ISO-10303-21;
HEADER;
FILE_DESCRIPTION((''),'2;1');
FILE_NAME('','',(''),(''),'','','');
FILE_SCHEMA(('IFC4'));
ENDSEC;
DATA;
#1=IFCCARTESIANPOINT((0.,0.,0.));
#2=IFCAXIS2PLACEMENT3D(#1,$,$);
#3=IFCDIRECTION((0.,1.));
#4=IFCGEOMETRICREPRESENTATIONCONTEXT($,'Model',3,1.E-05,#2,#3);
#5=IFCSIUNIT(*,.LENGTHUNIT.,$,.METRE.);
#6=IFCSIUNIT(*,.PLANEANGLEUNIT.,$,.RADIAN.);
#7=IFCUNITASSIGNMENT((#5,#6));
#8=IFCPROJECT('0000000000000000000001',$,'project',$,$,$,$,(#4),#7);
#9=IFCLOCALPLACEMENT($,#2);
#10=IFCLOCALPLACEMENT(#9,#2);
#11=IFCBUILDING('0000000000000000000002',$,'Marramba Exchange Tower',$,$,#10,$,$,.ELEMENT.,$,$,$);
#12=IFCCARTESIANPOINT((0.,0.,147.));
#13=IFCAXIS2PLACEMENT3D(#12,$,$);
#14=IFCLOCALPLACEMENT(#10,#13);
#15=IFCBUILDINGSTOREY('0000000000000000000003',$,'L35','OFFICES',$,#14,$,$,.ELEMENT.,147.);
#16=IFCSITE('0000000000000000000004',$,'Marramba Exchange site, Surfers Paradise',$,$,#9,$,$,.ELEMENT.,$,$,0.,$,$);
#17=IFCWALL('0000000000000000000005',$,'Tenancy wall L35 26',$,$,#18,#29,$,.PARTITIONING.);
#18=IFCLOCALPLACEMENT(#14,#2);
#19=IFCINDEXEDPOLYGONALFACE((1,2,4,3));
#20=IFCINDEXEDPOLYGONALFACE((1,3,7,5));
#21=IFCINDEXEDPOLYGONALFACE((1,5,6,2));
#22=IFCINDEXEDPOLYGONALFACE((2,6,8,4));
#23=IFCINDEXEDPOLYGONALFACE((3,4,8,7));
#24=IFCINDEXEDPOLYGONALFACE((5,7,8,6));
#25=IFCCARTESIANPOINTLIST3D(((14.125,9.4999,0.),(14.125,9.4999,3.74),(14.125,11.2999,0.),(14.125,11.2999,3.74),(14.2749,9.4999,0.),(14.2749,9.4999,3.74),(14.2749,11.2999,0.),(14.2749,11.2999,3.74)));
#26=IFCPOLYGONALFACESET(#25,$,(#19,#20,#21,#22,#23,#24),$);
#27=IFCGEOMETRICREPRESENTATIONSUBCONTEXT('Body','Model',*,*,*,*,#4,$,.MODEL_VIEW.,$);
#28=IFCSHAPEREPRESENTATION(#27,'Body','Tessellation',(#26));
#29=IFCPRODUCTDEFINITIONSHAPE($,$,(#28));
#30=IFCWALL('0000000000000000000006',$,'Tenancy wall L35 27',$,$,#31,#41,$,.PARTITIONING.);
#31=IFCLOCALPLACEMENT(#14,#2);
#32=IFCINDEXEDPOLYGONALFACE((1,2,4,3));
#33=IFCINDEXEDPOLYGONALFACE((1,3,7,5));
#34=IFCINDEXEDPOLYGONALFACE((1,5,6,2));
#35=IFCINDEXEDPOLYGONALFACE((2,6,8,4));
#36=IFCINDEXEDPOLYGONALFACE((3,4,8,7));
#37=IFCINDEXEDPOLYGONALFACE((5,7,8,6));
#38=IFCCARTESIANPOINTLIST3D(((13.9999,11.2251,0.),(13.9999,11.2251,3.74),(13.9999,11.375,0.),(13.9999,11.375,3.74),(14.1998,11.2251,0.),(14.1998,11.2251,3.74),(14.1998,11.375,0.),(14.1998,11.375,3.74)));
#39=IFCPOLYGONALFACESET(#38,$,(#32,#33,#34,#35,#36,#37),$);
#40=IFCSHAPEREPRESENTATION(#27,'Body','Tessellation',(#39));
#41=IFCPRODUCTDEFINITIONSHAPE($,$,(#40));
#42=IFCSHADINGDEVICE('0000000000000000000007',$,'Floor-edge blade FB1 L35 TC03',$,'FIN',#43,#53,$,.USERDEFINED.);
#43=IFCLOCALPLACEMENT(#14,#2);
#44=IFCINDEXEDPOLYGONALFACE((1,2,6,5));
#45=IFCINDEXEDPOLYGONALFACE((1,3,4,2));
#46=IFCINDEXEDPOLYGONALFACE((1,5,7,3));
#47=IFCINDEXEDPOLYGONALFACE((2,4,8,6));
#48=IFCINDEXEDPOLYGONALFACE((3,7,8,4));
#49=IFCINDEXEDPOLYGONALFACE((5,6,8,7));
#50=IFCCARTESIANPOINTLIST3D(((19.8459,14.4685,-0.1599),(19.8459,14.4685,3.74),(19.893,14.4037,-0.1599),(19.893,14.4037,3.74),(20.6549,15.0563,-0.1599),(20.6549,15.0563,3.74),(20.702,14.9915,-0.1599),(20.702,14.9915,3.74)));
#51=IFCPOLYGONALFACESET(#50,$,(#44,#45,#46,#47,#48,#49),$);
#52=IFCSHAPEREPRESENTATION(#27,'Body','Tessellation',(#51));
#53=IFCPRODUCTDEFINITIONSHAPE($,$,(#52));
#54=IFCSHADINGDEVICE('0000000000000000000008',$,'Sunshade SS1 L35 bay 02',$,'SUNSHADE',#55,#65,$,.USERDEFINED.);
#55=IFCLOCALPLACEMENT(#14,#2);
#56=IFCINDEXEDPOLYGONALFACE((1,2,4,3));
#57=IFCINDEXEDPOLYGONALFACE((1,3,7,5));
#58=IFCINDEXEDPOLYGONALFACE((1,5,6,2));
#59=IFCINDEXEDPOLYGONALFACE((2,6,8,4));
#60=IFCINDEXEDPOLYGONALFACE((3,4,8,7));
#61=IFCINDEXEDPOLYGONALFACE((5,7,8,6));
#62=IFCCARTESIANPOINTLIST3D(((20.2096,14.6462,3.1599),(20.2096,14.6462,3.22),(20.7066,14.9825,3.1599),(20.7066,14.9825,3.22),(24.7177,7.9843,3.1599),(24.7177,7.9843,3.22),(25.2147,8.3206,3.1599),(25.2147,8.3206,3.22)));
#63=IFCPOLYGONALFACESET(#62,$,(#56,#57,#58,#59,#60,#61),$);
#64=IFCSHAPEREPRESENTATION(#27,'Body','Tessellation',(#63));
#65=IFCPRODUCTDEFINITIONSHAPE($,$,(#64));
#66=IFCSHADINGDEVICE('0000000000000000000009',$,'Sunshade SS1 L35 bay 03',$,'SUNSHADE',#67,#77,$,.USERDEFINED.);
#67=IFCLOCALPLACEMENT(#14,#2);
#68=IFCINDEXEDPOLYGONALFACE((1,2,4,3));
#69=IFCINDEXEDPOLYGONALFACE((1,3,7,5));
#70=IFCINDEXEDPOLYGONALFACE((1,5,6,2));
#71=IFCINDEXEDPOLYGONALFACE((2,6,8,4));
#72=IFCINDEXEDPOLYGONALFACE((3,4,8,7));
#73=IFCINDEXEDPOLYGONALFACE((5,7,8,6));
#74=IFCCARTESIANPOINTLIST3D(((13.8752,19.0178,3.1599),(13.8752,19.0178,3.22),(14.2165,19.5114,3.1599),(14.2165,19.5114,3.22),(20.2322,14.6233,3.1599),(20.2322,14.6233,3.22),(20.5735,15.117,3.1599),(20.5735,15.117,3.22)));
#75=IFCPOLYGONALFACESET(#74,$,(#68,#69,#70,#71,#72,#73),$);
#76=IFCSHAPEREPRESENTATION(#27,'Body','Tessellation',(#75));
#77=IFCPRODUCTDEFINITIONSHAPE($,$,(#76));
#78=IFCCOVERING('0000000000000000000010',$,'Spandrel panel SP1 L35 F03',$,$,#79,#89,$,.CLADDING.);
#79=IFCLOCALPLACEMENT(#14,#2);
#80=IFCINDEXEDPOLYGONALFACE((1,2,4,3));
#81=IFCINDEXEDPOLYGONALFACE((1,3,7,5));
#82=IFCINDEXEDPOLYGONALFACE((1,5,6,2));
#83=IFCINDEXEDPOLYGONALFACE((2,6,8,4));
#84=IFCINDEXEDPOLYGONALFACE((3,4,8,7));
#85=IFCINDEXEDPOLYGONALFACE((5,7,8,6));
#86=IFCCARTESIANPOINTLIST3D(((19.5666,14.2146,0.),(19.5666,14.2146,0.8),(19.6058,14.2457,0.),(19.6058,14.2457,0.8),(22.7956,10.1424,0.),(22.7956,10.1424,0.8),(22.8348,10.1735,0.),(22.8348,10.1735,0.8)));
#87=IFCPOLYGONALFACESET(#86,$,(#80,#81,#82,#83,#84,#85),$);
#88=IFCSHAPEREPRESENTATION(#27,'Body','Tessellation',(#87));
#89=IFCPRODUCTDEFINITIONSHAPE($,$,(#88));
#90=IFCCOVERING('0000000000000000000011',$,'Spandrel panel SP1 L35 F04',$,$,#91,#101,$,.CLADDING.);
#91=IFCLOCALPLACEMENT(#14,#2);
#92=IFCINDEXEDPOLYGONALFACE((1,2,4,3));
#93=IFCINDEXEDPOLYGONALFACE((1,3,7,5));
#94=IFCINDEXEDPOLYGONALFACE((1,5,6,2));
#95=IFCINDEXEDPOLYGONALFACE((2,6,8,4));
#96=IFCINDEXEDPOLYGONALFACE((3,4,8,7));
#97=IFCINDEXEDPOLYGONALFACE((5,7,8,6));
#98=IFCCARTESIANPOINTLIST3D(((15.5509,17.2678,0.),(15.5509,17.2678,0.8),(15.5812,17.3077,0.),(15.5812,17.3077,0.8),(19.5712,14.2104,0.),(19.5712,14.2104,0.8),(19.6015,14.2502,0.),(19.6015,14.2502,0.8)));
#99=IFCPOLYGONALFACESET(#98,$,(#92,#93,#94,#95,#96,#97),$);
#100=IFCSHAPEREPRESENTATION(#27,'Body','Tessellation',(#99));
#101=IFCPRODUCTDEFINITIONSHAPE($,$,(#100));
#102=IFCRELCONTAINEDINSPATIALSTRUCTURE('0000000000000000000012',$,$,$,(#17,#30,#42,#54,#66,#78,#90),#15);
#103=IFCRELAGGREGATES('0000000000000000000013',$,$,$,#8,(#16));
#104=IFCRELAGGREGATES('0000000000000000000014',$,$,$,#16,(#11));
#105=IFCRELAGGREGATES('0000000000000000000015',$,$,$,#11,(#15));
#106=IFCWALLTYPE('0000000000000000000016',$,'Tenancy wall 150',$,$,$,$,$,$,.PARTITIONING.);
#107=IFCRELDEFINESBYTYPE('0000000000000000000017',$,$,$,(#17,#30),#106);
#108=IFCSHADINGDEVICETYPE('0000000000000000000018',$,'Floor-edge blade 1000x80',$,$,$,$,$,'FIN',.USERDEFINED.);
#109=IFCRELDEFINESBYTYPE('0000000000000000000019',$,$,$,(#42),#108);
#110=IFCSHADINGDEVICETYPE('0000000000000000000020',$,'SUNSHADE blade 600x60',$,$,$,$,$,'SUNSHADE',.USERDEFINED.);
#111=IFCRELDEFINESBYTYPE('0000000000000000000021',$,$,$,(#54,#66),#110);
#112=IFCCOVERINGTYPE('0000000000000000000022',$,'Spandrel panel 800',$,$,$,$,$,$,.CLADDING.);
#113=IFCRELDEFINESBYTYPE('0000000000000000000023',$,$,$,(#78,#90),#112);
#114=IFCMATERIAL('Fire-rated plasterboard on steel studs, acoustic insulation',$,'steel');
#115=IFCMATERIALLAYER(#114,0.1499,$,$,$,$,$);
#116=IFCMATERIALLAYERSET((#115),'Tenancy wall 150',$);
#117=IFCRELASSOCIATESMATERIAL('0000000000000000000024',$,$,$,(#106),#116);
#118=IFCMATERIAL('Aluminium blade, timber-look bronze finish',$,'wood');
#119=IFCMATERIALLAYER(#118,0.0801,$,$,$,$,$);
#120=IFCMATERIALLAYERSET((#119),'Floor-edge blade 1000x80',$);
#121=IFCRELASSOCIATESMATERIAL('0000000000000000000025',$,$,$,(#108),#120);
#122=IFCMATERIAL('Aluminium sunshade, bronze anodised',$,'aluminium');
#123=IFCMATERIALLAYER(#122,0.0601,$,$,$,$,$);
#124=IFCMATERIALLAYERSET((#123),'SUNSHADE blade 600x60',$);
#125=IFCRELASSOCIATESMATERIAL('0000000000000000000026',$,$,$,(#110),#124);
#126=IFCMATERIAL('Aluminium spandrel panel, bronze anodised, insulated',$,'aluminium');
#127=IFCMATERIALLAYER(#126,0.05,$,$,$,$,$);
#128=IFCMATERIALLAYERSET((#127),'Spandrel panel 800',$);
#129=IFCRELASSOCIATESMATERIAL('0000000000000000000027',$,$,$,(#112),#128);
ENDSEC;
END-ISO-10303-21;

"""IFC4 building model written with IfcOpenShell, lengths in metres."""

from ifc_helpers import new_model, si_unit, direction, frame, frame_2d, origin, origin_2d, place, context, subcontext, project, spatial, rectangle, extrude, material, layer, layer_set, type_object, element, save


model = new_model("IFC4")

# Units and contexts
model_context = context("Model", 3, precision=1e-05, world=origin(), true_north=direction((0.0, 1.0)))
body_context = subcontext(model_context, "Body", "Model", "MODEL_VIEW")
ifc_project = project(units=[si_unit("LENGTHUNIT", "METRE"), si_unit("PLANEANGLEUNIT", "RADIAN")], contexts=[model_context])

# Site, building, storey
site_placement = place(None, origin())
site = spatial("IfcSite", under=ifc_project, at=site_placement, Name="Marramba Exchange site, Surfers Paradise", CompositionType="ELEMENT", RefElevation=0.0)
building_placement = place(site_placement, origin())
building = spatial("IfcBuilding", under=site, at=building_placement, Name="Marramba Exchange Tower", CompositionType="ELEMENT")
storey_placement = place(building_placement, frame((0.0, 0.0, 147.0)))
storey = spatial("IfcBuildingStorey", under=building, at=storey_placement, Name="L35", Description="OFFICES", CompositionType="ELEMENT", Elevation=147.0)

# Walls
ifc_material_1 = material(Name="Fire-rated plasterboard on steel studs, acoustic insulation", Category="steel")
ifc_layer_1 = layer(ifc_material_1, 0.1499)
ifc_layer_set_1 = layer_set([ifc_layer_1], Name="Tenancy wall 150")
wall_type_1 = type_object("IfcWallType", Name="Tenancy wall 150", PredefinedType="PARTITIONING", material=ifc_layer_set_1)
wall_1_placement = place(storey_placement, frame((14.2, 9.5, 0.0), z_axis=(0.0, 0.0, 1.0), x_axis=(0.0, 1.0, 0.0)))
element("IfcWall", 1, at=wall_1_placement, inside=storey, type_object=wall_type_1, Name="Tenancy wall L35 26", PredefinedType="PARTITIONING", context=body_context, shape_type="SweptSolid", body=[
    extrude(rectangle(XDim=1.8, YDim=0.1499, at=frame_2d((0.8999, 0.0))), origin(), (0.0, 0.0, 1.0), 3.74),
])
wall_2_placement = place(storey_placement, frame((14.2, 11.3, 0.0), z_axis=(0.0, 0.0, 1.0), x_axis=(-1.0, 0.0, 0.0)))
element("IfcWall", 2, at=wall_2_placement, inside=storey, type_object=wall_type_1, Name="Tenancy wall L35 27", PredefinedType="PARTITIONING", context=body_context, shape_type="SweptSolid", body=[
    extrude(rectangle(XDim=0.2, YDim=0.1499, at=frame_2d((0.1001, 0.0))), origin(), (0.0, 0.0, 1.0), 3.74),
])

# Shading devices
ifc_material_2 = material(Name="Aluminium blade, timber-look bronze finish", Category="wood")
ifc_layer_2 = layer(ifc_material_2, 0.0801)
ifc_layer_set_2 = layer_set([ifc_layer_2], Name="Floor-edge blade 1000x80")
shading_device_type_1 = type_object("IfcShadingDeviceType", Name="Floor-edge blade 1000x80", ElementType="FIN", PredefinedType="USERDEFINED", material=ifc_layer_set_2)
shading_device_1_placement = place(storey_placement, frame((20.2739, 14.73, -0.1599), z_axis=(0.0, 0.0, 1.0), x_axis=(0.809017, 0.587785, 0.0)))
element("IfcShadingDevice", 3, at=shading_device_1_placement, inside=storey, type_object=shading_device_type_1, Name="Floor-edge blade FB1 L35 TC03", ObjectType="FIN", PredefinedType="USERDEFINED", context=body_context, shape_type="SweptSolid", body=[
    extrude(rectangle(XDim=1.0, YDim=0.0801, at=origin_2d()), origin(), (0.0, 0.0, 1.0), 3.8999),
])
ifc_material_3 = material(Name="Aluminium sunshade, bronze anodised", Category="aluminium")
ifc_layer_3 = layer(ifc_material_3, 0.0601)
ifc_layer_set_3 = layer_set([ifc_layer_3], Name="SUNSHADE blade 600x60")
shading_device_type_2 = type_object("IfcShadingDeviceType", Name="SUNSHADE blade 600x60", ElementType="SUNSHADE", PredefinedType="USERDEFINED", material=ifc_layer_set_3)
shading_device_2_placement = place(storey_placement, frame((22.7122, 11.4834, 3.1599), z_axis=(0.0, 0.0, 1.0), x_axis=(-0.560442, 0.828194, 0.0)))
element("IfcShadingDevice", 4, at=shading_device_2_placement, inside=storey, type_object=shading_device_type_2, Name="Sunshade SS1 L35 bay 02", ObjectType="SUNSHADE", PredefinedType="USERDEFINED", context=body_context, shape_type="SweptSolid", body=[
    extrude(rectangle(XDim=8.0439, YDim=0.6001, at=origin_2d()), origin(), (0.0, 0.0, 1.0), 0.0601),
])
shading_device_3_placement = place(storey_placement, frame((17.2244, 17.0674, 3.1599), z_axis=(0.0, 0.0, 1.0), x_axis=(-0.82259, 0.568636, 0.0)))
element("IfcShadingDevice", 5, at=shading_device_3_placement, inside=storey, type_object=shading_device_type_2, Name="Sunshade SS1 L35 bay 03", ObjectType="SUNSHADE", PredefinedType="USERDEFINED", context=body_context, shape_type="SweptSolid", body=[
    extrude(rectangle(XDim=7.728, YDim=0.6001, at=origin_2d()), origin(), (0.0, 0.0, 1.0), 0.0601),
])

# Coverings
ifc_material_4 = material(Name="Aluminium spandrel panel, bronze anodised, insulated", Category="aluminium")
ifc_layer_4 = layer(ifc_material_4, 0.05)
ifc_layer_set_4 = layer_set([ifc_layer_4], Name="Spandrel panel 800")
covering_type = type_object("IfcCoveringType", Name="Spandrel panel 800", PredefinedType="CLADDING", material=ifc_layer_set_4)
covering_1_placement = place(storey_placement, frame((21.2007, 12.1941, 0.0), z_axis=(0.0, 0.0, 1.0), x_axis=(-0.621312, 0.783563, 0.0)))
element("IfcCovering", 6, at=covering_1_placement, inside=storey, type_object=covering_type, Name="Spandrel panel SP1 L35 F03", PredefinedType="CLADDING", context=body_context, shape_type="SweptSolid", body=[
    extrude(rectangle(XDim=5.197, YDim=0.05, at=origin_2d()), origin(), (0.0, 0.0, 1.0), 0.8),
])
covering_2_placement = place(storey_placement, frame((17.5762, 15.759, 0.0), z_axis=(0.0, 0.0, 1.0), x_axis=(-0.795972, 0.605334, 0.0)))
element("IfcCovering", 7, at=covering_2_placement, inside=storey, type_object=covering_type, Name="Spandrel panel SP1 L35 F04", PredefinedType="CLADDING", context=body_context, shape_type="SweptSolid", body=[
    extrude(rectangle(XDim=5.0508, YDim=0.05, at=origin_2d()), origin(), (0.0, 0.0, 1.0), 0.8),
])

save(model, "model.ifc")
